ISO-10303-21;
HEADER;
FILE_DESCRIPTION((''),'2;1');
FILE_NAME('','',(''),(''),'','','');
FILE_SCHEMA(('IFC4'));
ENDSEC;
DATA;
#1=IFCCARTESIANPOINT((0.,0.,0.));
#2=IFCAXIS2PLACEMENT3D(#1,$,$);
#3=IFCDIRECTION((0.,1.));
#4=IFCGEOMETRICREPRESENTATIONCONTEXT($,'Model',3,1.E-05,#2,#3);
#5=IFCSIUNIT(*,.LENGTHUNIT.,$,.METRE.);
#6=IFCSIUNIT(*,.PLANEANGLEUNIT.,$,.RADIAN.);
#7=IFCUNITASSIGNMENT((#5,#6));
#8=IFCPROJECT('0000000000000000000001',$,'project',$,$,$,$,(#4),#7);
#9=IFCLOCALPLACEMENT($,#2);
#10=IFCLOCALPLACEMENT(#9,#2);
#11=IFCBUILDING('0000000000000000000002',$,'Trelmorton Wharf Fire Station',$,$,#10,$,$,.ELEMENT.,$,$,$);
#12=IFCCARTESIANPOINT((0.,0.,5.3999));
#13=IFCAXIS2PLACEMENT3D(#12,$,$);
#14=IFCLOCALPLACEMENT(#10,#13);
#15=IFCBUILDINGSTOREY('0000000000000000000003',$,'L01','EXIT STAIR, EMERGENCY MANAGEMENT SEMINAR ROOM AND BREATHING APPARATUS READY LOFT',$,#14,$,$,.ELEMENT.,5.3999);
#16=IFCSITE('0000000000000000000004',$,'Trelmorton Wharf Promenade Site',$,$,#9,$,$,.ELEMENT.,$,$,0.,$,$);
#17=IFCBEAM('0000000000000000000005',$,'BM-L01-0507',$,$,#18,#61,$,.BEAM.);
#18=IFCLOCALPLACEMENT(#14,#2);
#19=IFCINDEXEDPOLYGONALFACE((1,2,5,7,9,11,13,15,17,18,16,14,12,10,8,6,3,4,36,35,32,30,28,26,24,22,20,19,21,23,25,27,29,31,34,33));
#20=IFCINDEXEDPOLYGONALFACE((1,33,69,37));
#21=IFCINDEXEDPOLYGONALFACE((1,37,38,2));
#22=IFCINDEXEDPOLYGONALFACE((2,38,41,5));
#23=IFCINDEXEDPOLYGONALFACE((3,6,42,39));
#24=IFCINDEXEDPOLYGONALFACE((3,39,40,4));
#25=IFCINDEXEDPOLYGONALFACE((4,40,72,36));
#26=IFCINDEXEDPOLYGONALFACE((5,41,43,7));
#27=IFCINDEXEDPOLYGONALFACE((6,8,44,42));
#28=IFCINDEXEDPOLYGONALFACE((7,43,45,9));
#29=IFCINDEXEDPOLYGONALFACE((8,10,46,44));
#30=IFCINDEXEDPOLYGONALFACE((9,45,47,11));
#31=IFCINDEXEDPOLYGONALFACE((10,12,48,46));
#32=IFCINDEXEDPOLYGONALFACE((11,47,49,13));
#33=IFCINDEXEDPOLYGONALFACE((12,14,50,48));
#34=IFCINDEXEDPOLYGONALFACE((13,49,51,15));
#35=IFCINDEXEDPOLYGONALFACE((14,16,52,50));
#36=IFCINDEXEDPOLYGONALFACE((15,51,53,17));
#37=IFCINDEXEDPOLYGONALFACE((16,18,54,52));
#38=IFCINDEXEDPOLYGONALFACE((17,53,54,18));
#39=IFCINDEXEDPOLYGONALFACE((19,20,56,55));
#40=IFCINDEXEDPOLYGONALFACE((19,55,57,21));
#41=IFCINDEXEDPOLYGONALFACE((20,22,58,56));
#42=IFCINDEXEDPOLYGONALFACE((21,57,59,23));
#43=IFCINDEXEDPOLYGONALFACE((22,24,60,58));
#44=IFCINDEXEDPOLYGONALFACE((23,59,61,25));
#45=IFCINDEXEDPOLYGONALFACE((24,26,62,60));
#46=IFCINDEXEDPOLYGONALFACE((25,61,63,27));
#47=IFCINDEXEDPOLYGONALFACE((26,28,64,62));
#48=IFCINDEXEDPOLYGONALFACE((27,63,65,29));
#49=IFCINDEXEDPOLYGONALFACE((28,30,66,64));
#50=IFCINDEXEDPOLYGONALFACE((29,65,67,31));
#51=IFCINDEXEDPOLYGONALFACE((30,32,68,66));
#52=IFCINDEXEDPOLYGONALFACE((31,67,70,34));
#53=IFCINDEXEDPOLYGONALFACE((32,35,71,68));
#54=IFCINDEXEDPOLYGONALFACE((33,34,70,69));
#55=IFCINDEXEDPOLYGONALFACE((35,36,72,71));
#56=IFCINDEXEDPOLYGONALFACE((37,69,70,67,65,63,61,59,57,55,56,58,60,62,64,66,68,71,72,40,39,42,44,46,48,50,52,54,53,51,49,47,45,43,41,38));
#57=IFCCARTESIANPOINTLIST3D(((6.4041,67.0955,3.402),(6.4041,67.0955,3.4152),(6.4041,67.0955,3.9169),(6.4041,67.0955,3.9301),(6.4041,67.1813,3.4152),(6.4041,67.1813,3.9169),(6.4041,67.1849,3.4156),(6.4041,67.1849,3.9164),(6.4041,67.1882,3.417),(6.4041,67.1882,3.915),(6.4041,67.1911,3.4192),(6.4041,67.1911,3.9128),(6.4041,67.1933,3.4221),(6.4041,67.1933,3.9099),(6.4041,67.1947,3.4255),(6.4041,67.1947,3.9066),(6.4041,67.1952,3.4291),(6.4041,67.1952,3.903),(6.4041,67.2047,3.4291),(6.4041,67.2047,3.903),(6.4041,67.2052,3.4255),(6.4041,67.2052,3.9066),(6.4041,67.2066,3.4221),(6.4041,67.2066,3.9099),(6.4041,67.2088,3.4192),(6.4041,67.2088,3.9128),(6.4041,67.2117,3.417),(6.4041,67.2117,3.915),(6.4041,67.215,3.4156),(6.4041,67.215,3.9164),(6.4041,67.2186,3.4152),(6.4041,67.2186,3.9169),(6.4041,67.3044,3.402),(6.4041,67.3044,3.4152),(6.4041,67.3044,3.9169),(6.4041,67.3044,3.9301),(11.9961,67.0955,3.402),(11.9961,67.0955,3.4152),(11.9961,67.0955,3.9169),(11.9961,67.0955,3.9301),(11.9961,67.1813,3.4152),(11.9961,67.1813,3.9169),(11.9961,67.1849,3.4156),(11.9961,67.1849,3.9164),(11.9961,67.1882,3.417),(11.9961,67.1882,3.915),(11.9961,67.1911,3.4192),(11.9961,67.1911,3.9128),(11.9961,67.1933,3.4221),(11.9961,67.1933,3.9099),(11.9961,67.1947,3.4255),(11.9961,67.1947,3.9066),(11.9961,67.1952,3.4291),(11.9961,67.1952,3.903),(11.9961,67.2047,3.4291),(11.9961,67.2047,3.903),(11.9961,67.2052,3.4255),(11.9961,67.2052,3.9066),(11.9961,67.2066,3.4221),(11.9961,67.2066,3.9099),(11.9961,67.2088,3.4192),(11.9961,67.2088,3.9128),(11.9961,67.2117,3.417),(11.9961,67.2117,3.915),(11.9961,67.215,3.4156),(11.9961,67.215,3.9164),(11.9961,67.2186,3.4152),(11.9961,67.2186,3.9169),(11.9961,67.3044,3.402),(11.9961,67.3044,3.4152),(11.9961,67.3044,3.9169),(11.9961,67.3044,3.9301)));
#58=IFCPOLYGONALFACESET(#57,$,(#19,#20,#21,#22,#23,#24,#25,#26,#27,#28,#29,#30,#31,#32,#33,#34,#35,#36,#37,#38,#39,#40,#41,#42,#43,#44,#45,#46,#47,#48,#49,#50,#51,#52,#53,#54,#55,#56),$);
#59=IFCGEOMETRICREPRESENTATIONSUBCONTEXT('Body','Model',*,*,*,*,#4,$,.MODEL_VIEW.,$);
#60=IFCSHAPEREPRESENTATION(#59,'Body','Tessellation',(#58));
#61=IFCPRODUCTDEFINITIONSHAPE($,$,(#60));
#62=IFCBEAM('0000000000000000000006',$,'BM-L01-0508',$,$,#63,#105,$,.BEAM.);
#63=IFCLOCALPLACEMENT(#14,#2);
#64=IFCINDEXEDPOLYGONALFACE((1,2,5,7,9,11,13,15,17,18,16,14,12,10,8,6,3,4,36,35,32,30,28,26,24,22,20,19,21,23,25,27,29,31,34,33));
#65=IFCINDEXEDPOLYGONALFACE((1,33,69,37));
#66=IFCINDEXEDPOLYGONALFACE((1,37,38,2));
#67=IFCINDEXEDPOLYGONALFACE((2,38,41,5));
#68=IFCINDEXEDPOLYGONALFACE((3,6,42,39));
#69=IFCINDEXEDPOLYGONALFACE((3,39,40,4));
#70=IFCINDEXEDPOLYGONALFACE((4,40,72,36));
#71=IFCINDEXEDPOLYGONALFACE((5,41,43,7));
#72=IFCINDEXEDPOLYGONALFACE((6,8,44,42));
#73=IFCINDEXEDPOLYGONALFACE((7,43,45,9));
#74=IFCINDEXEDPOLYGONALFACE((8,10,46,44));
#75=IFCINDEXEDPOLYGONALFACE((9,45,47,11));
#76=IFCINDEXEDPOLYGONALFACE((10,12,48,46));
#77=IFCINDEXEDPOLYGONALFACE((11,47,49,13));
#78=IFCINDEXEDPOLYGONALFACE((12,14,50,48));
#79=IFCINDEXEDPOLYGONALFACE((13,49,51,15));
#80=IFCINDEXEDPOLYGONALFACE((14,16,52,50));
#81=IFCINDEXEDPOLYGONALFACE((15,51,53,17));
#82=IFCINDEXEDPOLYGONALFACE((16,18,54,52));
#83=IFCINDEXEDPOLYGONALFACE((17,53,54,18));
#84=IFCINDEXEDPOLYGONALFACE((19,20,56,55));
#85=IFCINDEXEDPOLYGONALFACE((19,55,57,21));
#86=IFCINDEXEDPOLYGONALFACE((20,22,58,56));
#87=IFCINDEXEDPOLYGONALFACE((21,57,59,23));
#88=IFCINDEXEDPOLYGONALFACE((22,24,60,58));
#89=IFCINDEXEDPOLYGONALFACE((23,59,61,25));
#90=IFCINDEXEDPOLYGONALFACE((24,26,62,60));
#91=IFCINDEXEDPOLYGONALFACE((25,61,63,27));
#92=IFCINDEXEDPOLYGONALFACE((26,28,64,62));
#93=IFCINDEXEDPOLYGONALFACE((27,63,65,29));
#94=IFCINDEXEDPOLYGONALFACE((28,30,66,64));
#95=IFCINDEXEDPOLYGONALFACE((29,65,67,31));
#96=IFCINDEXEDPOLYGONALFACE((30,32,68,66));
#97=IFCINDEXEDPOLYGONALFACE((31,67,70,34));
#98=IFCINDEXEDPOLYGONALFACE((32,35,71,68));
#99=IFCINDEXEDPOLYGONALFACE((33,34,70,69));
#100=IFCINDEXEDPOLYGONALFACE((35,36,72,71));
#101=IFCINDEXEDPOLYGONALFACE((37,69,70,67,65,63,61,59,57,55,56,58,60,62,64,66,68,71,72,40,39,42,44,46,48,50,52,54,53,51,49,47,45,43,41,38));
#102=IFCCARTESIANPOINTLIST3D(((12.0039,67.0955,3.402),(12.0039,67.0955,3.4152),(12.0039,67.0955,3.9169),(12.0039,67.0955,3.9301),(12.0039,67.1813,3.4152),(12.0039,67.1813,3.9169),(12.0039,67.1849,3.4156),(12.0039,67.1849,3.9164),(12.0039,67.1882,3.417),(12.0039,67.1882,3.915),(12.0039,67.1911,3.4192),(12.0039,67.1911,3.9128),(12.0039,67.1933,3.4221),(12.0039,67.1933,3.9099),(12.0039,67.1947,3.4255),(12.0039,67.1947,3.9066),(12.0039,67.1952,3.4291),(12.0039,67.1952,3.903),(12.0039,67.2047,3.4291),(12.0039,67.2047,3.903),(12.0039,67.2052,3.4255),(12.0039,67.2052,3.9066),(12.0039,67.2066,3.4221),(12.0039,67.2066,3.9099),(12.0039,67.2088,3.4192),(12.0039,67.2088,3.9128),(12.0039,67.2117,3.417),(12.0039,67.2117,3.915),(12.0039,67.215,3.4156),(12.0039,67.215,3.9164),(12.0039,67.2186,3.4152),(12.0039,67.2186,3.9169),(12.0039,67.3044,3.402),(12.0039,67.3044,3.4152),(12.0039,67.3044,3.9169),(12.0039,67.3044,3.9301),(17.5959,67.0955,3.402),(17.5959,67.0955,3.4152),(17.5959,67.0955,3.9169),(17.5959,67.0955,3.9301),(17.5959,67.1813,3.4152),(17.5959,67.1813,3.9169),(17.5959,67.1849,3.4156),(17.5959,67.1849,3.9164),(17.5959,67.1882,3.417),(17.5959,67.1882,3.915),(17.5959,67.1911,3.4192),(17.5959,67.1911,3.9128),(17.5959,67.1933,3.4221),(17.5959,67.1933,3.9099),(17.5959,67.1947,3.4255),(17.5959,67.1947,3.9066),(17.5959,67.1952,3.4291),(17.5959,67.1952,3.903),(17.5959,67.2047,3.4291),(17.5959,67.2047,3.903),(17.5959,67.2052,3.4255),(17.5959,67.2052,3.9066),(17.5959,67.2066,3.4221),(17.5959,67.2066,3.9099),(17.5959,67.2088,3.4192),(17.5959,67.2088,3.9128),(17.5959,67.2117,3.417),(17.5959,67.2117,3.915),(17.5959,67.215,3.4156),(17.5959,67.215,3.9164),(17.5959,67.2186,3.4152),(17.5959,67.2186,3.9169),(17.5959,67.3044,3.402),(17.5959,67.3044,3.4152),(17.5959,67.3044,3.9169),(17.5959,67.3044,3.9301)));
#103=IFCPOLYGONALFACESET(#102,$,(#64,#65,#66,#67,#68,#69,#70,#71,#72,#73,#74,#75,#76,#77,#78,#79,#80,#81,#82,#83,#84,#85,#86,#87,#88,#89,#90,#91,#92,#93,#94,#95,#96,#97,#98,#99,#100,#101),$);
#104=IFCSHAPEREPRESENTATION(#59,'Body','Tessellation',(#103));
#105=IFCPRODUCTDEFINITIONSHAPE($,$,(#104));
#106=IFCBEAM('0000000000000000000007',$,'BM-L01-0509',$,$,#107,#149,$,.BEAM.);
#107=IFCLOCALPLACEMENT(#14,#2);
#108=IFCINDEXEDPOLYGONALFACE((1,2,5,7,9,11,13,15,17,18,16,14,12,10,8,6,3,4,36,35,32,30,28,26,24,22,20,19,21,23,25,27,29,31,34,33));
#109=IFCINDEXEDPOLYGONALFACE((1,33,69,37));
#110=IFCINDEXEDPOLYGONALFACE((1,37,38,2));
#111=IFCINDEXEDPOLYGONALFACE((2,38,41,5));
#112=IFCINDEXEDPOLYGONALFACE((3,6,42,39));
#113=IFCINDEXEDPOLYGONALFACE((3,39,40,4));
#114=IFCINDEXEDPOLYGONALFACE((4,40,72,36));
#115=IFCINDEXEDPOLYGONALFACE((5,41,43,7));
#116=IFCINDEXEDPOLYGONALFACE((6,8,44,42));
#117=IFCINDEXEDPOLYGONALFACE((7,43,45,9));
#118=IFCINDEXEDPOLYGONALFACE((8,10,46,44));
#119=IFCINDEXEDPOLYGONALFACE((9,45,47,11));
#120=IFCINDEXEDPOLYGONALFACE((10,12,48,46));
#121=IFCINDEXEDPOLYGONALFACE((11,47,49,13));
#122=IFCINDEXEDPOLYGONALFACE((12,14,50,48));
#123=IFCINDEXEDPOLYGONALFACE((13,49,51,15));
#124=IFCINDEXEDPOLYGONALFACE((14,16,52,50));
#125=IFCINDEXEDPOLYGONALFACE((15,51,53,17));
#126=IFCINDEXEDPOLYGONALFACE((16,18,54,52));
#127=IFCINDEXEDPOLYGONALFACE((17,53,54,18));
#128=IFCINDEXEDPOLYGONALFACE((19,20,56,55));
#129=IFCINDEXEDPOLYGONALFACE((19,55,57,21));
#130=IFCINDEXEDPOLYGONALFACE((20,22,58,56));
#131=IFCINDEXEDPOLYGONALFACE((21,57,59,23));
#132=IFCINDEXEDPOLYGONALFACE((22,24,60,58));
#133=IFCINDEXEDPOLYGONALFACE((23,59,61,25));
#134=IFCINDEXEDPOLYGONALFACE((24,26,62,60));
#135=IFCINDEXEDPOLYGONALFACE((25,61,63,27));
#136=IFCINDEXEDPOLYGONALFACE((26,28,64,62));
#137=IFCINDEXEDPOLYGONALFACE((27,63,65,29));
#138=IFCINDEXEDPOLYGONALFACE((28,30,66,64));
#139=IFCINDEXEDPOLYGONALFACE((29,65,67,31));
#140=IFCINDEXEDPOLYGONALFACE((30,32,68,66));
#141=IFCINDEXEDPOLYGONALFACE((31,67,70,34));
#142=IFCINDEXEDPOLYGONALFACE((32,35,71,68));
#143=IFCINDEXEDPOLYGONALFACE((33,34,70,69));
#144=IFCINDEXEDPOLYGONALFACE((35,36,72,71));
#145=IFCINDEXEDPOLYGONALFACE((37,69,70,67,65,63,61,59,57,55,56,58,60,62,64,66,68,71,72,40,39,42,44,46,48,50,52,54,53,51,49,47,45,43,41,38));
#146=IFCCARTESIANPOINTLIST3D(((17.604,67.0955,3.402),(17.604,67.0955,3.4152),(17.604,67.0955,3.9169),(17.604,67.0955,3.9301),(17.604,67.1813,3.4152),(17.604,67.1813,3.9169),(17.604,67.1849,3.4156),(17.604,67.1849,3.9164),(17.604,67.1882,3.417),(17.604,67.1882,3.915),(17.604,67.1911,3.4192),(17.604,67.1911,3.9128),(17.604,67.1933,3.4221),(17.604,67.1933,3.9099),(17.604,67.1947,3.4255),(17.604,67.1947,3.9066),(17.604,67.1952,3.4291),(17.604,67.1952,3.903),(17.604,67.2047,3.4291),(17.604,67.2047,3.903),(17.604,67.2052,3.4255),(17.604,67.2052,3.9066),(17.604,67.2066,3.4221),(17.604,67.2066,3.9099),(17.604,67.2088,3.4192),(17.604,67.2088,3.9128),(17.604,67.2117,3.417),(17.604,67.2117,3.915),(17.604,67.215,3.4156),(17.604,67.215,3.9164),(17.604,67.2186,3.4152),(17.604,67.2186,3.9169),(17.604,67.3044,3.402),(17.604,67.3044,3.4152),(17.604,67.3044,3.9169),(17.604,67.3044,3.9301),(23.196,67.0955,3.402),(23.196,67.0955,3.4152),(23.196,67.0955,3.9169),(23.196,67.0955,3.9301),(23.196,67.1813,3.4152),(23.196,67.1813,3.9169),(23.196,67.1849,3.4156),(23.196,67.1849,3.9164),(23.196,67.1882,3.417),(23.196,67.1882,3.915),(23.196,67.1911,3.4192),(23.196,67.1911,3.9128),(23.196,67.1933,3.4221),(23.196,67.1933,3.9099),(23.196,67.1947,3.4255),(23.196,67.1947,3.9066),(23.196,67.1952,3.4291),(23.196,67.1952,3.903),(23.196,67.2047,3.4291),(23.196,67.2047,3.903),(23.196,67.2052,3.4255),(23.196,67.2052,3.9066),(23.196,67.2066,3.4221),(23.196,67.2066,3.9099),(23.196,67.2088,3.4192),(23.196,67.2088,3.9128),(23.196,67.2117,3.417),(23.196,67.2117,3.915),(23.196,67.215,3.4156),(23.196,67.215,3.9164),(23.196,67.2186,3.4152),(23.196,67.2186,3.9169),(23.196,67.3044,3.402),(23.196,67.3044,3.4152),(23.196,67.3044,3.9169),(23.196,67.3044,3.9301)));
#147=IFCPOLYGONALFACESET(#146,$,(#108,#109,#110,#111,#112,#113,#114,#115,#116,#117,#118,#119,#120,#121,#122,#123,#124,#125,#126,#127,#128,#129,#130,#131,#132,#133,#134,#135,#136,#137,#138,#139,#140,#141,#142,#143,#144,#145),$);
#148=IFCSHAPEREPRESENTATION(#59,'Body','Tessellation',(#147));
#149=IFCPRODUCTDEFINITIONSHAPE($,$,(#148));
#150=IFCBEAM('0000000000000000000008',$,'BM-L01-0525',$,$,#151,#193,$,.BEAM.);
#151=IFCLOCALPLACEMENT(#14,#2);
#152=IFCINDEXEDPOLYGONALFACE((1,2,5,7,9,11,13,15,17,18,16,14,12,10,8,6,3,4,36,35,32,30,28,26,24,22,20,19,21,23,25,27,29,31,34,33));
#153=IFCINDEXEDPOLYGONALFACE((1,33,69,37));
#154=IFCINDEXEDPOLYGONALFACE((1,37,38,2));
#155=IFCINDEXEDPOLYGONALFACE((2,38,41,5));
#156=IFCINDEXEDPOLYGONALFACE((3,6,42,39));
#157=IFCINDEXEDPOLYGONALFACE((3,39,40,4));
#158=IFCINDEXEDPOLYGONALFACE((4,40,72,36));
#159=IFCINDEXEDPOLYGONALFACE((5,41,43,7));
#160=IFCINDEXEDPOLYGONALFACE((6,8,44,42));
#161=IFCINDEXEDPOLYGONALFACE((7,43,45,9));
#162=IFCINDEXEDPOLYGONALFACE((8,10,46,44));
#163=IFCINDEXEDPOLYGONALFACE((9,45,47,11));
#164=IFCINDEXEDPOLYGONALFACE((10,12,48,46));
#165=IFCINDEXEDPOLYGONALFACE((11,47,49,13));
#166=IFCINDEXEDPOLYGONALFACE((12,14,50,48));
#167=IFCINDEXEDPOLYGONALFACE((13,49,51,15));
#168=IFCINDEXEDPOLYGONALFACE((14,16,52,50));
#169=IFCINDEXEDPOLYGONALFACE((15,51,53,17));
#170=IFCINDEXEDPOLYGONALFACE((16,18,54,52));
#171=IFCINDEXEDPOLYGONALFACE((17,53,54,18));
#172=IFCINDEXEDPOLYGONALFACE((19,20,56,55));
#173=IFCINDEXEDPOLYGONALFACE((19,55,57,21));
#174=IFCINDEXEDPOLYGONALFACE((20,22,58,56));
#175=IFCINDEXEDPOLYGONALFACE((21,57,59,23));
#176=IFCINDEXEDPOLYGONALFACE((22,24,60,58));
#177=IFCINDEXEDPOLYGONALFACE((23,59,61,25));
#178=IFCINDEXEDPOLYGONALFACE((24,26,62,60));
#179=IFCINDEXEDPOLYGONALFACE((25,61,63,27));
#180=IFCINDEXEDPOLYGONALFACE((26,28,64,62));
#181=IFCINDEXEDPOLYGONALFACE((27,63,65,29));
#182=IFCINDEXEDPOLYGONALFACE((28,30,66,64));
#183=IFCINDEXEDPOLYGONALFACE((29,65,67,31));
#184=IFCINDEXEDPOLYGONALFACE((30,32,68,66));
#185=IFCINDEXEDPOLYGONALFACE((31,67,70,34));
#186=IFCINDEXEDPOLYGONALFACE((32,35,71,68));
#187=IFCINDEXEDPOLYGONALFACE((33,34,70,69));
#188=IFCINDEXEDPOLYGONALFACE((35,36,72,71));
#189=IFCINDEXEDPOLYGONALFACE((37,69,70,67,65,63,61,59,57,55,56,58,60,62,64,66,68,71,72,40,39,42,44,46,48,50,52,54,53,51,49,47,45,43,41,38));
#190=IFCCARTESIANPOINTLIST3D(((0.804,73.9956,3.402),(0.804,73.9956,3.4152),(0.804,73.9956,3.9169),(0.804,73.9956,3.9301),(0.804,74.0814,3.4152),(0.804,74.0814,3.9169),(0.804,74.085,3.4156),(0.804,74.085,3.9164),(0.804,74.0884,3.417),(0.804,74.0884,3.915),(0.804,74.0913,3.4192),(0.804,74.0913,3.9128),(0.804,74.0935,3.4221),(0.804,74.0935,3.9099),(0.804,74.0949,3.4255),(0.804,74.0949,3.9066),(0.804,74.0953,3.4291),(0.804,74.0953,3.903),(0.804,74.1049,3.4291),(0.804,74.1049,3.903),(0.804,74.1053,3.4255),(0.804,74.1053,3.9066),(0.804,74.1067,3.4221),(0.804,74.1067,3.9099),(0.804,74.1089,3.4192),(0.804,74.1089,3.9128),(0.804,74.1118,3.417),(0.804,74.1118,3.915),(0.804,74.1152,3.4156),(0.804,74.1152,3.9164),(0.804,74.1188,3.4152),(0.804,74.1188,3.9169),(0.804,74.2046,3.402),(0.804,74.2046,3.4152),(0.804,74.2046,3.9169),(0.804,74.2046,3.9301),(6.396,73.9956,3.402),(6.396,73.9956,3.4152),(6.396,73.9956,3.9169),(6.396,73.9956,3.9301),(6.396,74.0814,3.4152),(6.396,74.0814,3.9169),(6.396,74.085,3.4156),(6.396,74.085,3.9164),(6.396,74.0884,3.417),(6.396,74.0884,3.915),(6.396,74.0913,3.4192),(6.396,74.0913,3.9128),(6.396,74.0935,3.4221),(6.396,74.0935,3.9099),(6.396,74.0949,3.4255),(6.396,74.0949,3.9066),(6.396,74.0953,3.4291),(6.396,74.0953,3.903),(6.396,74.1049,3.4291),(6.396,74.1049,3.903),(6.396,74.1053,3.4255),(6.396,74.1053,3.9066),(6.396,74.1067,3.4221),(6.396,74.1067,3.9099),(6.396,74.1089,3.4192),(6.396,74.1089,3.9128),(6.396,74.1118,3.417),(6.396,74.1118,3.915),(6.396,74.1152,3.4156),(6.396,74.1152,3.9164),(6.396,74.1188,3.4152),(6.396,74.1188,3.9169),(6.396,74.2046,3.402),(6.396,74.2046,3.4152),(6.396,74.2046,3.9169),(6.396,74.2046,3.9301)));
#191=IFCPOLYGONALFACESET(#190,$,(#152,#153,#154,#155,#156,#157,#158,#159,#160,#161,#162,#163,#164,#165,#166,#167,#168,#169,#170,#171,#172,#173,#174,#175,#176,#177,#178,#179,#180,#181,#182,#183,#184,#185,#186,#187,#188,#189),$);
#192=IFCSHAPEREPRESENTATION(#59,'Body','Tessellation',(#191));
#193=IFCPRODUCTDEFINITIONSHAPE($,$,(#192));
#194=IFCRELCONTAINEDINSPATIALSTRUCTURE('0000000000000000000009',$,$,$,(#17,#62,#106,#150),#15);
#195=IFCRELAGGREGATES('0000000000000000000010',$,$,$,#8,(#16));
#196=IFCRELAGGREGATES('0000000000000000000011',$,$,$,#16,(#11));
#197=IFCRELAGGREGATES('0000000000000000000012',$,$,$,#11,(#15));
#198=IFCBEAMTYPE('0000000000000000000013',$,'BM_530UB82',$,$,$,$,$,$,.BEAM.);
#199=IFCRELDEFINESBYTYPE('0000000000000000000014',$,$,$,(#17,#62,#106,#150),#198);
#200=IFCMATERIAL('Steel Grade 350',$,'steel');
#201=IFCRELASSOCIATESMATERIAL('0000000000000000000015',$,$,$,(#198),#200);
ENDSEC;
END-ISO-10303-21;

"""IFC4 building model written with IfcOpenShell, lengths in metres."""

from ifc_helpers import new_model, si_unit, direction, frame, origin, origin_2d, place, context, subcontext, project, spatial, i_section, extrude, material, material_profile, profile_set, type_object, element, save


model = new_model("IFC4")

# Units and contexts
model_context = context("Model", 3, precision=1e-05, world=origin(), true_north=direction((0.0, 1.0)))
body_context = subcontext(model_context, "Body", "Model", "MODEL_VIEW")
ifc_project = project(units=[si_unit("LENGTHUNIT", "METRE"), si_unit("PLANEANGLEUNIT", "RADIAN")], contexts=[model_context])

# Site, building, storey
site_placement = place(None, origin())
site = spatial("IfcSite", under=ifc_project, at=site_placement, Name="Trelmorton Wharf Promenade Site", CompositionType="ELEMENT", RefElevation=0.0)
building_placement = place(site_placement, origin())
building = spatial("IfcBuilding", under=site, at=building_placement, Name="Trelmorton Wharf Fire Station", CompositionType="ELEMENT")
storey_placement = place(building_placement, frame((0.0, 0.0, 5.3999)))
storey = spatial("IfcBuildingStorey", under=building, at=storey_placement, Name="L01", Description="EXIT STAIR, EMERGENCY MANAGEMENT SEMINAR ROOM AND BREATHING APPARATUS READY LOFT", CompositionType="ELEMENT", Elevation=5.3999)

# Shared definitions
ifc_material_1 = material(Name="Steel Grade 350", Category="steel")

# Beams
ifc_material_profile_1 = material_profile(ifc_material_1, i_section(OverallWidth=0.209, OverallDepth=0.5281, WebThickness=0.0095, FlangeThickness=0.0132, FilletRadius=0.0139, at=origin_2d()), Name="530UB82.0")
ifc_profile_set_1 = profile_set([ifc_material_profile_1], Name="Steel Grade 350")
beam_type_1 = type_object("IfcBeamType", Name="BM_530UB82", PredefinedType="BEAM", material=ifc_profile_set_1)
for number, where, z_axis, x_axis, name in (
    (1, (6.4041, 67.2, 3.666), (1.0, 0.0, 0.0), (0.0, 1.0, 0.0), "BM-L01-0507"),
    (2, (12.0039, 67.2, 3.666), (1.0, 0.0, 0.0), (0.0, 1.0, 0.0), "BM-L01-0508"),
    (3, (17.604, 67.2, 3.666), (1.0, 0.0, 0.0), (0.0, 1.0, 0.0), "BM-L01-0509"),
    (4, (0.804, 74.1001, 3.666), (1.0, 0.0, 0.0), (0.0, 1.0, 0.0), "BM-L01-0525"),
):
    element("IfcBeam", number, at=place(storey_placement, frame(where, z_axis=z_axis, x_axis=x_axis)), inside=storey, type_object=beam_type_1, Name=name, PredefinedType="BEAM", context=body_context, shape_type="SweptSolid", body=[
        extrude(i_section(OverallWidth=0.209, OverallDepth=0.5281, WebThickness=0.0095, FlangeThickness=0.0132, FilletRadius=0.0139, at=origin_2d()), origin(), (0.0, 0.0, 1.0), 5.592),
    ])

save(model, "model.ifc")
